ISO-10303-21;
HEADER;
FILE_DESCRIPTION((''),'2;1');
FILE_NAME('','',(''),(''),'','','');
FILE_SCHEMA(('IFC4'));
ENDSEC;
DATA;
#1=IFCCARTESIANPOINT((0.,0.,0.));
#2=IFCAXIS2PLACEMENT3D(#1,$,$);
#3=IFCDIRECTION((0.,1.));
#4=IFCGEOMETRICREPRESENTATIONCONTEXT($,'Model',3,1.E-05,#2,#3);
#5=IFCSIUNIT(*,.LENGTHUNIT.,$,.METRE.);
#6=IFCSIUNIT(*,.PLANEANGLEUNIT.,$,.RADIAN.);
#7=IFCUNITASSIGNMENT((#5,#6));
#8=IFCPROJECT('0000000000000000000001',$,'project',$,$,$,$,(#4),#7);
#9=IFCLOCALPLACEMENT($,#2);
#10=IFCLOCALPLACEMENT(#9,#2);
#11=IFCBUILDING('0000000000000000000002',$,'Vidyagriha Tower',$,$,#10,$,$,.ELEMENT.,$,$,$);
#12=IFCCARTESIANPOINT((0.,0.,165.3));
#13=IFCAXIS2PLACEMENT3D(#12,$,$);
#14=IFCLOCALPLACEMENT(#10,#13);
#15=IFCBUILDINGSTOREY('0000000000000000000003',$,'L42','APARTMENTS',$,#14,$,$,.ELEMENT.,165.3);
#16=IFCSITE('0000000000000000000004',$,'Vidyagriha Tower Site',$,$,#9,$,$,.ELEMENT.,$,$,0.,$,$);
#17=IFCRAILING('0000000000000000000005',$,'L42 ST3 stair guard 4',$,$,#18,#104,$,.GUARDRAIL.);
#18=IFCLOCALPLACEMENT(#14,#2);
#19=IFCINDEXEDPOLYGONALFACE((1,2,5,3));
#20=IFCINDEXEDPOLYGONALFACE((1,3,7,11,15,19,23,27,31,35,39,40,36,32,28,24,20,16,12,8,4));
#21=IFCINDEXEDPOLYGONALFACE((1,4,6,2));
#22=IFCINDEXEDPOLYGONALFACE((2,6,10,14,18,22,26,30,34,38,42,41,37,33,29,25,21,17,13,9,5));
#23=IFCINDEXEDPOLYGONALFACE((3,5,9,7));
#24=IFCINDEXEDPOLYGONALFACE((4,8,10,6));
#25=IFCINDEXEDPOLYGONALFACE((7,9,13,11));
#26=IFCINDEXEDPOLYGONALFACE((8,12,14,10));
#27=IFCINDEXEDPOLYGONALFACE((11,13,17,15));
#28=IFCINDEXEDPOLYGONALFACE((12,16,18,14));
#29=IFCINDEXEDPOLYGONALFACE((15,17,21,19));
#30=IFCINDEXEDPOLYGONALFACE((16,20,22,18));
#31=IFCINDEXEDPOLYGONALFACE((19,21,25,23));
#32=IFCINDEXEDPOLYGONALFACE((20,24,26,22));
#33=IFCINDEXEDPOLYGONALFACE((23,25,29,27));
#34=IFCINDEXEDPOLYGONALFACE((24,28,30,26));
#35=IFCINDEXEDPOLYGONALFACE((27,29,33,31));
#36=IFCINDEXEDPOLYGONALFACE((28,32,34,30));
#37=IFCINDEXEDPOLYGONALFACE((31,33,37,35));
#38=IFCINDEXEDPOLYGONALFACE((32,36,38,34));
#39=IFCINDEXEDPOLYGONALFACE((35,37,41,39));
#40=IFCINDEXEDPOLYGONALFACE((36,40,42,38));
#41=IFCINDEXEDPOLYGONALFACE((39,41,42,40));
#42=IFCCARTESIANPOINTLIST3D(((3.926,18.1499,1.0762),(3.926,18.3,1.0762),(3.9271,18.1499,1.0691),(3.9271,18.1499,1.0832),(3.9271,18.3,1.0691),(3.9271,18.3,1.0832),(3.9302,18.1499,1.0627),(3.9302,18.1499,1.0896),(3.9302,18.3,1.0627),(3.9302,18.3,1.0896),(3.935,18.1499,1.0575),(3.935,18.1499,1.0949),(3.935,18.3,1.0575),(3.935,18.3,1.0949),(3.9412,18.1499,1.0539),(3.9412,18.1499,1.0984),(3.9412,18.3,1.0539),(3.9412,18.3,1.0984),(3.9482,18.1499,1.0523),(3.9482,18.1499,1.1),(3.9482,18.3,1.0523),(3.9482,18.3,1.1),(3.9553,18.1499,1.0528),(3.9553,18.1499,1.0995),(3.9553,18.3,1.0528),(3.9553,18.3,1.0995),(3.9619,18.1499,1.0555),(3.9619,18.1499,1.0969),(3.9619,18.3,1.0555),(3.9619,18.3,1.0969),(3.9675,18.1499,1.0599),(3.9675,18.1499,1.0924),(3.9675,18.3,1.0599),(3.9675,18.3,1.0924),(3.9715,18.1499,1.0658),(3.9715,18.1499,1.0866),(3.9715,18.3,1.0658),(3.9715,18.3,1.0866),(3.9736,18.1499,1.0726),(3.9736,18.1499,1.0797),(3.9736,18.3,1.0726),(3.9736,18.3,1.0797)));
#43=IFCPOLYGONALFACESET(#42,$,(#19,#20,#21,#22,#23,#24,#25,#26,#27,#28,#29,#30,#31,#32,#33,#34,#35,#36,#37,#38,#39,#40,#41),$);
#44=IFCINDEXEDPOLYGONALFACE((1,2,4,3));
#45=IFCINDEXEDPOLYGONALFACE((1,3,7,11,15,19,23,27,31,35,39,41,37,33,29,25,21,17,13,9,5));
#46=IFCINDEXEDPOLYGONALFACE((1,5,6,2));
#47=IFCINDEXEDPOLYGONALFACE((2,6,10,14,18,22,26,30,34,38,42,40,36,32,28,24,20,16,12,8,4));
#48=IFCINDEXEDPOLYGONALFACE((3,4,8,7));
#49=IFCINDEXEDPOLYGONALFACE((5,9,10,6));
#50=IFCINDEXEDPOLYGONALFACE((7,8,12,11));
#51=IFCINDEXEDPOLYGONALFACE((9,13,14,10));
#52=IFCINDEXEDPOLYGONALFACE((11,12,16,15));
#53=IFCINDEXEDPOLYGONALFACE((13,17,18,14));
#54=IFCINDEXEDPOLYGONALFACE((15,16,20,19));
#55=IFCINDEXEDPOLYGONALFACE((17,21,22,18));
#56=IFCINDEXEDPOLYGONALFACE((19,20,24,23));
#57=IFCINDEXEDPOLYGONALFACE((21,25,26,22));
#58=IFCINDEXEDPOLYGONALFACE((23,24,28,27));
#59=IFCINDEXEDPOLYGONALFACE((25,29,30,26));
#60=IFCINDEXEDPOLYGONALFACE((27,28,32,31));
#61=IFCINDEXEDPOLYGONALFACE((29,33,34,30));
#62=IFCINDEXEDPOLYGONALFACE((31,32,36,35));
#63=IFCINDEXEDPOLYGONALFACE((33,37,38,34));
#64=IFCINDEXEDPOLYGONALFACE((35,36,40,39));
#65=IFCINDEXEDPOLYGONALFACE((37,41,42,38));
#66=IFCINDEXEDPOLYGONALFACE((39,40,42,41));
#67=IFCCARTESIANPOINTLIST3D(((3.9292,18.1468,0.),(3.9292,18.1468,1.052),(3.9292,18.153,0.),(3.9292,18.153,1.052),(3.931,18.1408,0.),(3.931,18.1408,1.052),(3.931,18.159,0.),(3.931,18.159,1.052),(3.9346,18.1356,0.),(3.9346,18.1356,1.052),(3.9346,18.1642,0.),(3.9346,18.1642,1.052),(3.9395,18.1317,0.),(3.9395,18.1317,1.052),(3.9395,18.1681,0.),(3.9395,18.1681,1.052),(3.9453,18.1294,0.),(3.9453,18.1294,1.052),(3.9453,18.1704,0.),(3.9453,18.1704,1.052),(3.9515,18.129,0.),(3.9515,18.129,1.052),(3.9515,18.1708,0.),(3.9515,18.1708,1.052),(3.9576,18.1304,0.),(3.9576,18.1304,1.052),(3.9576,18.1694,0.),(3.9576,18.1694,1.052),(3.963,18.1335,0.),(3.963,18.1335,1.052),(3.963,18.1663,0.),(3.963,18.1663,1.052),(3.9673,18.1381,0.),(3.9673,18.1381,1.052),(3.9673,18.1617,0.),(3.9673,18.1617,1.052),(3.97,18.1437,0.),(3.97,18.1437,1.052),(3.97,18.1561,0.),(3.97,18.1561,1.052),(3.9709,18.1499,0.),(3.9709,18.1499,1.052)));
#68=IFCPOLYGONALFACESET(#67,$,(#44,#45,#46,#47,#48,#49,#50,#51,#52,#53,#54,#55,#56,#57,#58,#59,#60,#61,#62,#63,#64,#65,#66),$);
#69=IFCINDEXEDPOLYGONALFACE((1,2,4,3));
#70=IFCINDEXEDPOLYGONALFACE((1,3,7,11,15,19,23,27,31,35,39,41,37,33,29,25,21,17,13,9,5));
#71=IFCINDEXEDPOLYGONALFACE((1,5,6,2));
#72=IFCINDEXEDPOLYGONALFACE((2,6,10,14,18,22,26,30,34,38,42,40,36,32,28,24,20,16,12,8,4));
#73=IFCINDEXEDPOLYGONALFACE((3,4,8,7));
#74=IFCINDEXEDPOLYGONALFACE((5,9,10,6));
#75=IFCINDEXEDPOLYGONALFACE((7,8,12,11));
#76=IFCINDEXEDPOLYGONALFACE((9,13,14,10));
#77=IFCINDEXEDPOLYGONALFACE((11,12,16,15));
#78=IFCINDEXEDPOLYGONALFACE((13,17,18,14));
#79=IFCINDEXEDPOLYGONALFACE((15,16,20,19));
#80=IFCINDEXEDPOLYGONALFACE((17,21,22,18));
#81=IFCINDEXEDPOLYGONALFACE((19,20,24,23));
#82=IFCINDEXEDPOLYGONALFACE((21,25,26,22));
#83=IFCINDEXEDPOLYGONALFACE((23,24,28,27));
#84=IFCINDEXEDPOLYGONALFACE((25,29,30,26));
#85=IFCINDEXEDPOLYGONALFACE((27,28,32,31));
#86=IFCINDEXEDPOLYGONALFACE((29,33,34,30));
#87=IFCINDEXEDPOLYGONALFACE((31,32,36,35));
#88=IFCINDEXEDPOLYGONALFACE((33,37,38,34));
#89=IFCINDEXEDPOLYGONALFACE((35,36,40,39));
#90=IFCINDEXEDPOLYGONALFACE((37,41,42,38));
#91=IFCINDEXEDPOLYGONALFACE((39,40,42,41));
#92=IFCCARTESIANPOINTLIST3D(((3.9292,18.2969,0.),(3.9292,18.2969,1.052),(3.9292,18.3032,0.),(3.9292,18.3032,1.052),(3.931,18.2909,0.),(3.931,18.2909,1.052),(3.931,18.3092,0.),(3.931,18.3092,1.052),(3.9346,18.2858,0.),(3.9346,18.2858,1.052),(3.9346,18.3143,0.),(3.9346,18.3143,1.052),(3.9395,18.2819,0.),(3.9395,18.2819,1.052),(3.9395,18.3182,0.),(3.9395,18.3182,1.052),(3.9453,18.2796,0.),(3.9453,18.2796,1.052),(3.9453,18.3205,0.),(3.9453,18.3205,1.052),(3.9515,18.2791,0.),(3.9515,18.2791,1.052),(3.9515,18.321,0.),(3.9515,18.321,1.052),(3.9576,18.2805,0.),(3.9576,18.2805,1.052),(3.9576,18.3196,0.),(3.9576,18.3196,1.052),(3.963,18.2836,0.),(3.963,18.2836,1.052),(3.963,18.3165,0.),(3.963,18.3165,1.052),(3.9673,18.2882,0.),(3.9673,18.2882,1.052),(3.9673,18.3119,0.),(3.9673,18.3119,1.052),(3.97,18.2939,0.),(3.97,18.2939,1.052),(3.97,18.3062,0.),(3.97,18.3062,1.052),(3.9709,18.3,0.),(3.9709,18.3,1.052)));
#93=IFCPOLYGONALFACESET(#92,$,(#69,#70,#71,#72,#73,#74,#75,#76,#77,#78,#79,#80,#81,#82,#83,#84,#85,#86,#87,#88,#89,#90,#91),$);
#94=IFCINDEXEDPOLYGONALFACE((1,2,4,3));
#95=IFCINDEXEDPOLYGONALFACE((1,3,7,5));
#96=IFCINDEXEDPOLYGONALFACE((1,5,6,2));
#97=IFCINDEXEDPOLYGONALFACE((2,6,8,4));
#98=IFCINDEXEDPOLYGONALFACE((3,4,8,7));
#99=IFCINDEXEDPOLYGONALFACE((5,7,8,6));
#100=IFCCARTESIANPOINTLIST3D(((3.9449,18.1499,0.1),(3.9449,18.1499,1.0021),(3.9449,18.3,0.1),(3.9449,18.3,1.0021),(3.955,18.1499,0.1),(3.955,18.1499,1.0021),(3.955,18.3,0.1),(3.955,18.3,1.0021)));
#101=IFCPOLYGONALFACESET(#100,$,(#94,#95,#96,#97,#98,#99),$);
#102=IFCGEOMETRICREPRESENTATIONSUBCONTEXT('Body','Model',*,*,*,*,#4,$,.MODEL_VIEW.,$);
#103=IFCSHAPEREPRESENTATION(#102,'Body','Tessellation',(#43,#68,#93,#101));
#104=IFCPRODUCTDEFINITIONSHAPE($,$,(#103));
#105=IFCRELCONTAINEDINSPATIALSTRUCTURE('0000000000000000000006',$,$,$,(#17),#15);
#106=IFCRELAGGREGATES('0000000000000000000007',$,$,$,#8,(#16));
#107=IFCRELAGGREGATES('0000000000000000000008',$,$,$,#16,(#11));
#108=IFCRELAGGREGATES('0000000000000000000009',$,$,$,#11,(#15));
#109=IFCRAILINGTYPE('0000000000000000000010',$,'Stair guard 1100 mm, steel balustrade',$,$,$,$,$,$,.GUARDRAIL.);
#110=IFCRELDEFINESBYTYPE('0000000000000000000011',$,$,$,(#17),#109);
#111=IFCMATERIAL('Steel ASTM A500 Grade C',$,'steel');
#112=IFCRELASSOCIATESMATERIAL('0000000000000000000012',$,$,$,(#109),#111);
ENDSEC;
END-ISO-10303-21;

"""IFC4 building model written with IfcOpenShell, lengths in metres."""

from ifc_helpers import new_model, si_unit, direction, frame, origin, origin_2d, place, context, subcontext, project, spatial, rectangle, circle, extrude, material, type_object, element, save


model = new_model("IFC4")

# Units and contexts
model_context = context("Model", 3, precision=1e-05, world=origin(), true_north=direction((0.0, 1.0)))
body_context = subcontext(model_context, "Body", "Model", "MODEL_VIEW")
ifc_project = project(units=[si_unit("LENGTHUNIT", "METRE"), si_unit("PLANEANGLEUNIT", "RADIAN")], contexts=[model_context])

# Site, building, storey
site_placement = place(None, origin())
site = spatial("IfcSite", under=ifc_project, at=site_placement, Name="Vidyagriha Tower Site", CompositionType="ELEMENT", RefElevation=0.0)
building_placement = place(site_placement, origin())
building = spatial("IfcBuilding", under=site, at=building_placement, Name="Vidyagriha Tower", CompositionType="ELEMENT")
storey_placement = place(building_placement, frame((0.0, 0.0, 165.3)))
storey = spatial("IfcBuildingStorey", under=building, at=storey_placement, Name="L42", Description="APARTMENTS", CompositionType="ELEMENT", Elevation=165.3)

# Railing
ifc_material_1 = material(Name="Steel ASTM A500 Grade C", Category="steel")
railing_type_1 = type_object("IfcRailingType", Name="Stair guard 1100 mm, steel balustrade", PredefinedType="GUARDRAIL", material=ifc_material_1)
railing_1_placement = place(storey_placement, frame((3.95, 18.1499, 0.0)))
element("IfcRailing", 1, at=railing_1_placement, inside=storey, type_object=railing_type_1, Name="L42 ST3 stair guard 4", PredefinedType="GUARDRAIL", context=body_context, shape_type="SweptSolid", body=[
    extrude(circle(Radius=0.0239, at=origin_2d()), frame((0.0, 0.0, 1.0762), z_axis=(0.0, 1.0, 0.0), x_axis=(-1.0, 0.0, 0.0)), (0.0, 0.0, 1.0), 0.1501),
    extrude(circle(Radius=0.021, at=origin_2d()), origin(), (0.0, 0.0, 1.0), 1.052),
    extrude(circle(Radius=0.021, at=origin_2d()), frame((0.0, 0.1501, 0.0)), (0.0, 0.0, 1.0), 1.052),
    extrude(rectangle(XDim=0.01, YDim=0.9021, at=origin_2d()), frame((0.0, 0.0, 0.551), z_axis=(0.0, 1.0, 0.0), x_axis=(-1.0, 0.0, 0.0)), (0.0, 0.0, 1.0), 0.1501),
])

save(model, "model.ifc")
